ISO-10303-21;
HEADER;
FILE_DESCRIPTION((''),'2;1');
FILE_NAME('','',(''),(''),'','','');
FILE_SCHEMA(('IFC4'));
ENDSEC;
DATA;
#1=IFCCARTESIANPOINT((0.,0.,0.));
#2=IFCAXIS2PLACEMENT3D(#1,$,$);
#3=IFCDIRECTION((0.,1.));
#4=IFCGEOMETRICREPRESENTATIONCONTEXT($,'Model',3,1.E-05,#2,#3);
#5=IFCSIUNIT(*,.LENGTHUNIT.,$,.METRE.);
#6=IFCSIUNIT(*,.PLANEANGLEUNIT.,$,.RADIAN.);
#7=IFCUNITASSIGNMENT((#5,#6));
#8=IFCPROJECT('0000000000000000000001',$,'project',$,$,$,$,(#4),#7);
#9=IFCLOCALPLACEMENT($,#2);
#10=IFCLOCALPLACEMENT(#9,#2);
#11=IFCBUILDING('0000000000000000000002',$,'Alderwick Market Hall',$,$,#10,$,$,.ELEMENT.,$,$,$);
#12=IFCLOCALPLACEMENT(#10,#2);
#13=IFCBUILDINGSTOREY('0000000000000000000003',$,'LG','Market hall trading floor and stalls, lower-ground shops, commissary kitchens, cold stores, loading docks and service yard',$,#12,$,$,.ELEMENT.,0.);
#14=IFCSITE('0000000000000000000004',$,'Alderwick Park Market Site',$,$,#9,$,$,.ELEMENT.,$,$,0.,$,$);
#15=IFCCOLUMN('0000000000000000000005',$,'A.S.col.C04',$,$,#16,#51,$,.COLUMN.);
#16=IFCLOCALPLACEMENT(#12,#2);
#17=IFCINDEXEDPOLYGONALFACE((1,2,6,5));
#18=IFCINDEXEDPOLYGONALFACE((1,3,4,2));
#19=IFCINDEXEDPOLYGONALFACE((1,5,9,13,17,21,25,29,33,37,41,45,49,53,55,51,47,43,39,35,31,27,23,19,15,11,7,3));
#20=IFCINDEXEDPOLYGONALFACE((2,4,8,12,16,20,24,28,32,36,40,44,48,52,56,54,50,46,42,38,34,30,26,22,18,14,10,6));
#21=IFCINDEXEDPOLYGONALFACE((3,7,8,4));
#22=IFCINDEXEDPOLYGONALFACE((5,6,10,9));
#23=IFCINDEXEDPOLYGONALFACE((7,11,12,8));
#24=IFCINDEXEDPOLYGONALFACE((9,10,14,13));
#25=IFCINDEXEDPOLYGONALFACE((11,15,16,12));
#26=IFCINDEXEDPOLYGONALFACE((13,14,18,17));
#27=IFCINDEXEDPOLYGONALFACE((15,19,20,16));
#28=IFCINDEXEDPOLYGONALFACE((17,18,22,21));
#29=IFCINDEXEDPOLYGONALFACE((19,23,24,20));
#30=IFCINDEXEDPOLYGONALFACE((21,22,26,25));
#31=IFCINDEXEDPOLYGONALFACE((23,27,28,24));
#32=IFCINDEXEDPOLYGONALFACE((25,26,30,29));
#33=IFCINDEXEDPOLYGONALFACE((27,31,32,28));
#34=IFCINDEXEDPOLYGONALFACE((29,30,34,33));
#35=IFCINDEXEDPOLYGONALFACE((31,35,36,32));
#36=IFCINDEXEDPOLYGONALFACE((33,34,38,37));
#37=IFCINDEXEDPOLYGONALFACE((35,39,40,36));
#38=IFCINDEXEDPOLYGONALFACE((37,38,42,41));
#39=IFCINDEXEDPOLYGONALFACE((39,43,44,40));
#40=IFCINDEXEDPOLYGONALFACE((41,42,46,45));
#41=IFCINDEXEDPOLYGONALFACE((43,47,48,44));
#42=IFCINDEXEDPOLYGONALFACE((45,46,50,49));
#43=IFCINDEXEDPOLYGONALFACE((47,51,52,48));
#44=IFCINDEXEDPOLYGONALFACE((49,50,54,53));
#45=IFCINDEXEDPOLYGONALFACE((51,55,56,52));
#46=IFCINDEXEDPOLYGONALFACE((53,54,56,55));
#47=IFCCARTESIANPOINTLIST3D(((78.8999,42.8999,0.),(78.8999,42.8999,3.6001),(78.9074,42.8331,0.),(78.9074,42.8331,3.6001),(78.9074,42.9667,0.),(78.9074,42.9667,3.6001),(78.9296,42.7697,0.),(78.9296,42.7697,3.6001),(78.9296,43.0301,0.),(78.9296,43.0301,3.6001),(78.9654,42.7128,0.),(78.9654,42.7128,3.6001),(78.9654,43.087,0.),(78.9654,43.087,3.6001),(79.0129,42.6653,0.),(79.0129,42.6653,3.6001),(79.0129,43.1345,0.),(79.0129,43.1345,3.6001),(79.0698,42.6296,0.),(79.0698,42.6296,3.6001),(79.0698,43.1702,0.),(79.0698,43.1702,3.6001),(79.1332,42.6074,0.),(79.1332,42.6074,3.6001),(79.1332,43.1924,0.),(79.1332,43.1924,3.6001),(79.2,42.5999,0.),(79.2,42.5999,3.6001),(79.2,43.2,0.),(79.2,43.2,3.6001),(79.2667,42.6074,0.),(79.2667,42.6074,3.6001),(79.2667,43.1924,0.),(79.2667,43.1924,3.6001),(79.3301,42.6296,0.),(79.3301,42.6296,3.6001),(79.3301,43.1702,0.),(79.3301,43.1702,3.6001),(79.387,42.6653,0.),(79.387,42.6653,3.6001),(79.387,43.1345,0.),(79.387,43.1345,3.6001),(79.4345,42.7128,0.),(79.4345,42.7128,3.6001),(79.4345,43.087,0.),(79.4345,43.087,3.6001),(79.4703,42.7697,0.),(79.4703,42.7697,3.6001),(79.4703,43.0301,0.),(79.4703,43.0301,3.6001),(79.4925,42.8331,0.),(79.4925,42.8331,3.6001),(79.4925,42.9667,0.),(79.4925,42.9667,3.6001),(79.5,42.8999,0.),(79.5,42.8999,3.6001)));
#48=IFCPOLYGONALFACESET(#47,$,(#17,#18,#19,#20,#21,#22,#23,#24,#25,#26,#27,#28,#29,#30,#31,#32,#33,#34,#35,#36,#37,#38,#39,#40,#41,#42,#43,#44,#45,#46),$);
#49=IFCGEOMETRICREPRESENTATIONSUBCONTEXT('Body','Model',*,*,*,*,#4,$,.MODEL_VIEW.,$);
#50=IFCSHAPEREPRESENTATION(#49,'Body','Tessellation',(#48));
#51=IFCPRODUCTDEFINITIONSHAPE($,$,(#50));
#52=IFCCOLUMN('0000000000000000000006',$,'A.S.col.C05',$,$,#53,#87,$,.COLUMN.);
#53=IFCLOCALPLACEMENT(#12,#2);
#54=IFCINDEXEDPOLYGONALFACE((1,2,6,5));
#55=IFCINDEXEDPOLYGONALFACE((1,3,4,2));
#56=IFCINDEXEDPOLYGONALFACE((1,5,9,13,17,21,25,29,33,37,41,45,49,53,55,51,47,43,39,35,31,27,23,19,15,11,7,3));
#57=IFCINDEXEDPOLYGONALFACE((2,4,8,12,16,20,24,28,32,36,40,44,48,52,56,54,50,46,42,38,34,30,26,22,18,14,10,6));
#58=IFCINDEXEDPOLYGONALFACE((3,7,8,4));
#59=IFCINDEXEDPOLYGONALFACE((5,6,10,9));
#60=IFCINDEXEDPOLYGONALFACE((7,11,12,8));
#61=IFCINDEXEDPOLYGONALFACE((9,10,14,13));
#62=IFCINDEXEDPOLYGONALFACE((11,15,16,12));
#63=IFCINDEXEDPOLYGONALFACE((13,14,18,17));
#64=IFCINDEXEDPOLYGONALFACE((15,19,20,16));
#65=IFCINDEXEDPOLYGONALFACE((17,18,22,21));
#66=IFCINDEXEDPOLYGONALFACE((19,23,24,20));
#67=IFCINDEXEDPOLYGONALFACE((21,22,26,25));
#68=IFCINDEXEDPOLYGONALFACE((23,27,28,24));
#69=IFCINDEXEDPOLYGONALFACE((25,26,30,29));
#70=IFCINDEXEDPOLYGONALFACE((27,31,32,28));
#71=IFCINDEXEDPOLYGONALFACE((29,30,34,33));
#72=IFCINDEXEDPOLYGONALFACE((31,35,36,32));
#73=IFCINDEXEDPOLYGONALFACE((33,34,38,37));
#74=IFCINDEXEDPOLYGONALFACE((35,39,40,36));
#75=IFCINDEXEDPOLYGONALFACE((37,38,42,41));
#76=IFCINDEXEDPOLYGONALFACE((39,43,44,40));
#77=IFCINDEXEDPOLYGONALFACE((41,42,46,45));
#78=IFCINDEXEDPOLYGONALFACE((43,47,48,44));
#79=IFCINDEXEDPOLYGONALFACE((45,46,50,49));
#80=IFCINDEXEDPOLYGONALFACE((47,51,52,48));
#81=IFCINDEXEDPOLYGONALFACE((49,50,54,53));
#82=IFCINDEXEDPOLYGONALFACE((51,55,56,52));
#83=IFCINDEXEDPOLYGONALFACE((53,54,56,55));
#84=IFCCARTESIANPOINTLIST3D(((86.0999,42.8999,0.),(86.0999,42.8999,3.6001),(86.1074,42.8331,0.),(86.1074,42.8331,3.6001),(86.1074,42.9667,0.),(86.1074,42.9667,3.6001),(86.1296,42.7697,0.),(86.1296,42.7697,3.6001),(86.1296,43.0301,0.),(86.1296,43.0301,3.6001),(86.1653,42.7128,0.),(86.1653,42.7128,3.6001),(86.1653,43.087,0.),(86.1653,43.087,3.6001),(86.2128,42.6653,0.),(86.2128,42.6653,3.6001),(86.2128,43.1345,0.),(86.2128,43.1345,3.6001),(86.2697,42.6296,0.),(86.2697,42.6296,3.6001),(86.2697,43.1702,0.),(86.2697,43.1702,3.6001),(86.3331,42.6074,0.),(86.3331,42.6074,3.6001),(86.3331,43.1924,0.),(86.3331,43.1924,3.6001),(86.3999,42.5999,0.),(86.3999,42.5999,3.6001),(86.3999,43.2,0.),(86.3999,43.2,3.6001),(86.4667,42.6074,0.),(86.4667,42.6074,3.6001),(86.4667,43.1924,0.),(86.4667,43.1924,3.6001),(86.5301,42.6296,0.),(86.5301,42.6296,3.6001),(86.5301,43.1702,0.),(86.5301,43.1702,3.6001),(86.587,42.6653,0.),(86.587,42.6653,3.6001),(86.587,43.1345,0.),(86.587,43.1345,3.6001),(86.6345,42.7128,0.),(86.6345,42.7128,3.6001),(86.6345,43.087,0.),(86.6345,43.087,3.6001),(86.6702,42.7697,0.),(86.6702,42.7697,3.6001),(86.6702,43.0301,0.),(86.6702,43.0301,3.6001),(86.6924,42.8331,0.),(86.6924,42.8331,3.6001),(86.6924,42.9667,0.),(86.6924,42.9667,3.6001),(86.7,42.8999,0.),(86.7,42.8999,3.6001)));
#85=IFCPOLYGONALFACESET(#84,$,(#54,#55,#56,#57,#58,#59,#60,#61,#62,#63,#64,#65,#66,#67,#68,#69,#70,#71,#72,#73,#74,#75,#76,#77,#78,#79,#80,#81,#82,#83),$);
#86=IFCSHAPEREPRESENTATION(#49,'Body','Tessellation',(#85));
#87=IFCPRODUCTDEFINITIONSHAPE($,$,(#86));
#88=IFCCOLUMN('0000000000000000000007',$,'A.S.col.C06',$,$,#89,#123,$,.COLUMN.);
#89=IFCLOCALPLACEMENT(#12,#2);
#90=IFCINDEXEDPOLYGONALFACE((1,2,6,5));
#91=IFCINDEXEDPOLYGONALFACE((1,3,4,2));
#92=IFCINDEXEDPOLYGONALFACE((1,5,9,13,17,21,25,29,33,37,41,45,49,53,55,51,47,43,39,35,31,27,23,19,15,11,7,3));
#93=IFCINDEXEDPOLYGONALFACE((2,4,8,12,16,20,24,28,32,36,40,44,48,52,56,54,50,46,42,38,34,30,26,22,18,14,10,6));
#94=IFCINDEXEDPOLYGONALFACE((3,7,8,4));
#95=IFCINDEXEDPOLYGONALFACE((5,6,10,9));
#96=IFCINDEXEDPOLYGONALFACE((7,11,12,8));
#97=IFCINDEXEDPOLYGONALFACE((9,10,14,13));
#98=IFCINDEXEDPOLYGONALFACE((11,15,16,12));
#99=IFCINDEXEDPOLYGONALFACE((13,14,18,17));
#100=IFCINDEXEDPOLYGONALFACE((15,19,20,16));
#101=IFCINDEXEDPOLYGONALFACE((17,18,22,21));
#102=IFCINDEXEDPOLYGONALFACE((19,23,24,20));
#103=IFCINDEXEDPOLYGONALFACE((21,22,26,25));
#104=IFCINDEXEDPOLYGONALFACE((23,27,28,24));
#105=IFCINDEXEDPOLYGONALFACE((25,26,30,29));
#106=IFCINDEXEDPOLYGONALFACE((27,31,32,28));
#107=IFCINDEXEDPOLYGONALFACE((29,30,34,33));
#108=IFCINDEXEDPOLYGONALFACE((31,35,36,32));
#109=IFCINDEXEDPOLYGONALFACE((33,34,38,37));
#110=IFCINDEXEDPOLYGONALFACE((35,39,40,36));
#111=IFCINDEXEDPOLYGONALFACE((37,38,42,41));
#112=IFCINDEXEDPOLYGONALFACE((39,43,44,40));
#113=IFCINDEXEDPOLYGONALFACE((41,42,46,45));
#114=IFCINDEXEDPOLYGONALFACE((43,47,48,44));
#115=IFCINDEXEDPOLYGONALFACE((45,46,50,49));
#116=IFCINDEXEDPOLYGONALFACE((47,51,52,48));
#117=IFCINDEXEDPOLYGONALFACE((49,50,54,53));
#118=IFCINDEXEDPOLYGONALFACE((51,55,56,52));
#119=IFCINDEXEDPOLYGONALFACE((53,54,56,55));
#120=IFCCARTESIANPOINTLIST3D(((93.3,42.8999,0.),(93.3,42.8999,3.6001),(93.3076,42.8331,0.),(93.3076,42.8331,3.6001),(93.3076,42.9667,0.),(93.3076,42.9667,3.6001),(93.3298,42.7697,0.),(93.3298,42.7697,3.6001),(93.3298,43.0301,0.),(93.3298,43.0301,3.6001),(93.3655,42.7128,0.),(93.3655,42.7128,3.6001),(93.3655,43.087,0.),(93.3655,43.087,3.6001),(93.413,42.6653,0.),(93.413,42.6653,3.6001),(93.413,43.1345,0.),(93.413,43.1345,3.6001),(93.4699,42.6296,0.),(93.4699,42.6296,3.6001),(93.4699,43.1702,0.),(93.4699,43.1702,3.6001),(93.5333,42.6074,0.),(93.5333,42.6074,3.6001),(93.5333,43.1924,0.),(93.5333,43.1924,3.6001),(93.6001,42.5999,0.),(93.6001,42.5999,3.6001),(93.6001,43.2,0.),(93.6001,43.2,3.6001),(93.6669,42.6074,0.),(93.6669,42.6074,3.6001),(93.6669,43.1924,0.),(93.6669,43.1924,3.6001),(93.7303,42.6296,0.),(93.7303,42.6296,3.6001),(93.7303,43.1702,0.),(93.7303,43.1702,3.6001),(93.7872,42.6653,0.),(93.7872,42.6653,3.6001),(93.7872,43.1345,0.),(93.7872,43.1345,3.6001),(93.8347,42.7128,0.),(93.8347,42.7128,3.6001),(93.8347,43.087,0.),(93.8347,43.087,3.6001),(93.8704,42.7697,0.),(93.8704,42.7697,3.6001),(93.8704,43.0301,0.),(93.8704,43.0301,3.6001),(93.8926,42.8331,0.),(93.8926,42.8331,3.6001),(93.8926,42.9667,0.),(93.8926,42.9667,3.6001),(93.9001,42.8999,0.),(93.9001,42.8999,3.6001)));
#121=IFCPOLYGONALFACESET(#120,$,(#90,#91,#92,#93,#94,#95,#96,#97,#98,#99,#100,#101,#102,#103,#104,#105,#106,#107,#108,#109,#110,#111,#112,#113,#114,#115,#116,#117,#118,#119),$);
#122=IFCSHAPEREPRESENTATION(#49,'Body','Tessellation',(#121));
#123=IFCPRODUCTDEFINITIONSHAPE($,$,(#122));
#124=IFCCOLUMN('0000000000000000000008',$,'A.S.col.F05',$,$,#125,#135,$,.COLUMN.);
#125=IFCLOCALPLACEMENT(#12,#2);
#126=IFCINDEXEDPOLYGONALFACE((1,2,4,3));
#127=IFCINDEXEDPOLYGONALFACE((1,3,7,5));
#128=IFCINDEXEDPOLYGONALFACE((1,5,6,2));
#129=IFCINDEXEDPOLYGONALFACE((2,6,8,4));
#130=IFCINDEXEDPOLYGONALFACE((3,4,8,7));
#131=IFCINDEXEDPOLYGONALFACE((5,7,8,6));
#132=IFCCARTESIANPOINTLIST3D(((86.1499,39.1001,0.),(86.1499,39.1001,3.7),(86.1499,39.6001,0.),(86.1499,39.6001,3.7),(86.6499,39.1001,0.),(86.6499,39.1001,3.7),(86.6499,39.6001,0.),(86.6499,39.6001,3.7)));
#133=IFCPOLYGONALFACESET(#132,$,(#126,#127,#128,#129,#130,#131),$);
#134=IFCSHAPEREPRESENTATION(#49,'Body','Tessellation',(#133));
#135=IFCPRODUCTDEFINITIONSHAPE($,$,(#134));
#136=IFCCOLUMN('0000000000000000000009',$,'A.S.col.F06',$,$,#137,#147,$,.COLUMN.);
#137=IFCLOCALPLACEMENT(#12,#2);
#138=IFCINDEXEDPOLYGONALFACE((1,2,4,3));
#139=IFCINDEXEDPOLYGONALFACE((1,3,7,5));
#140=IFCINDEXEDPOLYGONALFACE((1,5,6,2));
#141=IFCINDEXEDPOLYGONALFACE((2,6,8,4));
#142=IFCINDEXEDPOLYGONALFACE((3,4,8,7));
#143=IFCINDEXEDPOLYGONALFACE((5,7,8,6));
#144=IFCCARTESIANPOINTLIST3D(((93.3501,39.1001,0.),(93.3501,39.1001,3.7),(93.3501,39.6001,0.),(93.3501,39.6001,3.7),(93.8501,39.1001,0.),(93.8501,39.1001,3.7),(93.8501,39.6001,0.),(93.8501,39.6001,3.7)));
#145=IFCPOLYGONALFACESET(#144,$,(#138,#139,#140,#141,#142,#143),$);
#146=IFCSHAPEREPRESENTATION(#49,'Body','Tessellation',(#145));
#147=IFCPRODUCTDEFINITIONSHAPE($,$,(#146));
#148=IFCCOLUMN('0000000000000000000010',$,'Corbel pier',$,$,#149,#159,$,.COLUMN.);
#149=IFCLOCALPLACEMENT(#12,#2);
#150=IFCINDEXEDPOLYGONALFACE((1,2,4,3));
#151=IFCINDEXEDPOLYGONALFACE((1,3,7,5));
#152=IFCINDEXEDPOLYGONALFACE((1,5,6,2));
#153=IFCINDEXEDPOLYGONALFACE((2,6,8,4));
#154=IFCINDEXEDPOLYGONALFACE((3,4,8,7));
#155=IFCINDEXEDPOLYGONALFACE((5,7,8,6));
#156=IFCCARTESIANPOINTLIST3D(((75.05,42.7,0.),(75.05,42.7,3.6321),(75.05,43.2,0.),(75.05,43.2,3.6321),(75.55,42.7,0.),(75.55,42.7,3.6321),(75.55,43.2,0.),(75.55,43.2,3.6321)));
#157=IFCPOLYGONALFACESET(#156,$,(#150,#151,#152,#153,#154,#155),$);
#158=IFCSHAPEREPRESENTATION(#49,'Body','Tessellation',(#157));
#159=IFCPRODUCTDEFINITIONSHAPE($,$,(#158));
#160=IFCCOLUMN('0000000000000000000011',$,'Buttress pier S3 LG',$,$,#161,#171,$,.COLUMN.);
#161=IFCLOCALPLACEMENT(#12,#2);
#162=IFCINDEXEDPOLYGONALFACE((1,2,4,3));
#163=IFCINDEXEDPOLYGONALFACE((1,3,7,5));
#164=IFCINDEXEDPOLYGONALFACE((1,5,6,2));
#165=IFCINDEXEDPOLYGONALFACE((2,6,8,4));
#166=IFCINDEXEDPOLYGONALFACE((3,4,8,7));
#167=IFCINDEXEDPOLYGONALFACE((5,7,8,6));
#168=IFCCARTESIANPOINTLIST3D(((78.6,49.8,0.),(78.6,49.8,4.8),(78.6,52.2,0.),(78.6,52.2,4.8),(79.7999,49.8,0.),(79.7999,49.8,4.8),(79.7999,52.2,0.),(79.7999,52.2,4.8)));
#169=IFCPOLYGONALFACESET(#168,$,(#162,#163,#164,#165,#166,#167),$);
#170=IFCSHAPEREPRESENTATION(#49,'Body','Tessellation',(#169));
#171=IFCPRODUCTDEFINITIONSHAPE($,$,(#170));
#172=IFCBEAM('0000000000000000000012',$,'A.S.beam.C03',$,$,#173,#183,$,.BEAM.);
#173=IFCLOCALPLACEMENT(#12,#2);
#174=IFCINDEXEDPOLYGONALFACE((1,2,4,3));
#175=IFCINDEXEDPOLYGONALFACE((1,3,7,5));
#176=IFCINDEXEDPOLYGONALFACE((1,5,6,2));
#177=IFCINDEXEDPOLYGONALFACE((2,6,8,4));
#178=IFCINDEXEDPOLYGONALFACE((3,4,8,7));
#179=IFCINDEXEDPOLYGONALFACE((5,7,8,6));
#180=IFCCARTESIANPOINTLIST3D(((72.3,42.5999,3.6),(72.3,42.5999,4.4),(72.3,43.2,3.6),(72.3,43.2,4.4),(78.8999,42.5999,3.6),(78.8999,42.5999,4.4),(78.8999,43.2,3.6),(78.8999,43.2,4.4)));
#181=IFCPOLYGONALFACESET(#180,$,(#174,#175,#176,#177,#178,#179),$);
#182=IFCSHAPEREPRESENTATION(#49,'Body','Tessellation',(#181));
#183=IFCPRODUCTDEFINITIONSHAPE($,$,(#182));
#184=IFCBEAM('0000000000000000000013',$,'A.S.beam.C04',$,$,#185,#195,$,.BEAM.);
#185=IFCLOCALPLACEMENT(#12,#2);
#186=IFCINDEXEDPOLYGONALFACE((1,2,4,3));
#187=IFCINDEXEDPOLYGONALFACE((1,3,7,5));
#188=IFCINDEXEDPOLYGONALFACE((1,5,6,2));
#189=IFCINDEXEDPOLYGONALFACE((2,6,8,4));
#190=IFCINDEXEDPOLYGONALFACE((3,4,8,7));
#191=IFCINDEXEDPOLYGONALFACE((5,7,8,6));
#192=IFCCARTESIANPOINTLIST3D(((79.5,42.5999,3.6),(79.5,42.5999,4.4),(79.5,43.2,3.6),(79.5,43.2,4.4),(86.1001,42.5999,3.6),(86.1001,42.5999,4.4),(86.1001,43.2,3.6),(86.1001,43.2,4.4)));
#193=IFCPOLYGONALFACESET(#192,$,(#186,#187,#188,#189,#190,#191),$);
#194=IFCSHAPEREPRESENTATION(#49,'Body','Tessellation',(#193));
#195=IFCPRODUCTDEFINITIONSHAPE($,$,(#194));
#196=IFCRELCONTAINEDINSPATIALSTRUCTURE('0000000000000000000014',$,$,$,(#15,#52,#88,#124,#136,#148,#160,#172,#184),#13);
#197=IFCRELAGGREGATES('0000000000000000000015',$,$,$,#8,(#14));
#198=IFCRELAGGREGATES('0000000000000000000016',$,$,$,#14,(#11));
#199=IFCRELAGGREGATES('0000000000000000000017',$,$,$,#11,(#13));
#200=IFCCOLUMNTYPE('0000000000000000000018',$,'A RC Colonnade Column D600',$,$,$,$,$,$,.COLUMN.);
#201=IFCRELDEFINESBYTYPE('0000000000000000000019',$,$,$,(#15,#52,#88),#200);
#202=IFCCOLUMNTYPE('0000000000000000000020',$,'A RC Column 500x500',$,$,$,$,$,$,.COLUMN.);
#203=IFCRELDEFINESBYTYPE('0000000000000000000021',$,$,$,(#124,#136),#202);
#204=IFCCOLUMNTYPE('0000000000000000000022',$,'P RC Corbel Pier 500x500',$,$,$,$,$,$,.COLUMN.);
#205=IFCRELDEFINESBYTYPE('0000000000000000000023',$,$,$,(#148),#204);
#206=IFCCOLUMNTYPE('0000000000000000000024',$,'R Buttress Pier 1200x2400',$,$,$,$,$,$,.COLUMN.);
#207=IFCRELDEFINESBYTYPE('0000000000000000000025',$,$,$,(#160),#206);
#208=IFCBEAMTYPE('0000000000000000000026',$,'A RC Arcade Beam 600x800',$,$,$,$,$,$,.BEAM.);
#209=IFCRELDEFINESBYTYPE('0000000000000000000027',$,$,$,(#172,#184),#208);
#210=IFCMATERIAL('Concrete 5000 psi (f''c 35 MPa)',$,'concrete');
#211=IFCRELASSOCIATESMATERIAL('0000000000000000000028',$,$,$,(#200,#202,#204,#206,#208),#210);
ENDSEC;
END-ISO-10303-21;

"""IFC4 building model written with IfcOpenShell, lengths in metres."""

from ifc_helpers import new_model, si_unit, direction, frame, origin, origin_2d, place, context, subcontext, project, spatial, rectangle, circle, extrude, material, material_profile, profile_set, type_object, element, save


model = new_model("IFC4")

# Units and contexts
model_context = context("Model", 3, precision=1e-05, world=origin(), true_north=direction((0.0, 1.0)))
body_context = subcontext(model_context, "Body", "Model", "MODEL_VIEW")
ifc_project = project(units=[si_unit("LENGTHUNIT", "METRE"), si_unit("PLANEANGLEUNIT", "RADIAN")], contexts=[model_context])

# Site, building, storey
site_placement = place(None, origin())
site = spatial("IfcSite", under=ifc_project, at=site_placement, Name="Alderwick Park Market Site", CompositionType="ELEMENT", RefElevation=0.0)
building_placement = place(site_placement, origin())
building = spatial("IfcBuilding", under=site, at=building_placement, Name="Alderwick Market Hall", CompositionType="ELEMENT")
storey_placement = place(building_placement, origin())
storey = spatial("IfcBuildingStorey", under=building, at=storey_placement, Name="LG", Description="Market hall trading floor and stalls, lower-ground shops, commissary kitchens, cold stores, loading docks and service yard", CompositionType="ELEMENT", Elevation=0.0)

# Columns
ifc_material_1 = material(Name="Concrete 5000 psi (f'c 35 MPa)", Category="concrete")
ifc_material_profile_1 = material_profile(ifc_material_1, circle(Radius=0.3, at=origin_2d()), Name="A RC Colonnade Column D600")
ifc_profile_set_1 = profile_set([ifc_material_profile_1], Name="Concrete 5000 psi (f'c 35 MPa)")
column_type_1 = type_object("IfcColumnType", Name="A RC Colonnade Column D600", PredefinedType="COLUMN", material=ifc_profile_set_1)
for number, where, z_axis, x_axis, name in (
    (1, (79.2, 42.8999, 0.0), (0.0, 0.0, 1.0), (1.0, 0.0, 0.0), "A.S.col.C04"),
    (2, (86.3999, 42.8999, 0.0), (0.0, 0.0, 1.0), (1.0, 0.0, 0.0), "A.S.col.C05"),
    (3, (93.6001, 42.8999, 0.0), (0.0, 0.0, 1.0), (1.0, 0.0, 0.0), "A.S.col.C06"),
):
    element("IfcColumn", number, at=place(storey_placement, frame(where, z_axis=z_axis, x_axis=x_axis)), inside=storey, type_object=column_type_1, Name=name, PredefinedType="COLUMN", context=body_context, shape_type="SweptSolid", body=[
        extrude(circle(Radius=0.3, at=origin_2d()), origin(), (0.0, 0.0, 1.0), 3.6001),
    ])
ifc_material_profile_2 = material_profile(ifc_material_1, rectangle(XDim=0.5, YDim=0.5, at=origin_2d()), Name="A RC Column 500x500")
ifc_profile_set_2 = profile_set([ifc_material_profile_2], Name="Concrete 5000 psi (f'c 35 MPa)")
column_type_2 = type_object("IfcColumnType", Name="A RC Column 500x500", PredefinedType="COLUMN", material=ifc_profile_set_2)
for number, where, z_axis, x_axis, name in (
    (4, (86.3999, 39.3501, 0.0), (0.0, 0.0, 1.0), (1.0, 0.0, 0.0), "A.S.col.F05"),
    (5, (93.6001, 39.3501, 0.0), (0.0, 0.0, 1.0), (1.0, 0.0, 0.0), "A.S.col.F06"),
):
    element("IfcColumn", number, at=place(storey_placement, frame(where, z_axis=z_axis, x_axis=x_axis)), inside=storey, type_object=column_type_2, Name=name, PredefinedType="COLUMN", context=body_context, shape_type="SweptSolid", body=[
        extrude(rectangle(XDim=0.5, YDim=0.5, at=origin_2d()), origin(), (0.0, 0.0, 1.0), 3.7),
    ])
ifc_material_profile_3 = material_profile(ifc_material_1, rectangle(XDim=0.5, YDim=0.5, at=origin_2d()), Name="P RC Corbel Pier 500x500")
ifc_profile_set_3 = profile_set([ifc_material_profile_3], Name="Concrete 5000 psi (f'c 35 MPa)")
column_type_3 = type_object("IfcColumnType", Name="P RC Corbel Pier 500x500", PredefinedType="COLUMN", material=ifc_profile_set_3)
column_1_placement = place(storey_placement, frame((75.3, 42.95, 0.0), z_axis=(0.0, 0.0, 1.0), x_axis=(1.0, 0.0, 0.0)))
element("IfcColumn", 6, at=column_1_placement, inside=storey, type_object=column_type_3, Name="Corbel pier", PredefinedType="COLUMN", context=body_context, shape_type="SweptSolid", body=[
    extrude(rectangle(XDim=0.5, YDim=0.5, at=origin_2d()), origin(), (0.0, 0.0, 1.0), 3.6321),
])
ifc_material_profile_4 = material_profile(ifc_material_1, rectangle(XDim=1.2, YDim=2.3999, at=origin_2d()), Name="RC 1200x2400")
ifc_profile_set_4 = profile_set([ifc_material_profile_4], Name="Concrete 5000 psi (f'c 35 MPa)")
column_type_4 = type_object("IfcColumnType", Name="R Buttress Pier 1200x2400", PredefinedType="COLUMN", material=ifc_profile_set_4)
column_2_placement = place(storey_placement, frame((79.2, 51.0, 0.0), z_axis=(0.0, 0.0, 1.0), x_axis=(1.0, 0.0, 0.0)))
element("IfcColumn", 7, at=column_2_placement, inside=storey, type_object=column_type_4, Name="Buttress pier S3 LG", PredefinedType="COLUMN", context=body_context, shape_type="SweptSolid", body=[
    extrude(rectangle(XDim=1.2, YDim=2.3999, at=origin_2d()), origin(), (0.0, 0.0, 1.0), 4.8),
])

# Beams
ifc_material_profile_5 = material_profile(ifc_material_1, rectangle(XDim=0.6001, YDim=0.8, at=origin_2d()), Name="A RC Arcade Beam 600x800")
ifc_profile_set_5 = profile_set([ifc_material_profile_5], Name="Concrete 5000 psi (f'c 35 MPa)")
beam_type_1 = type_object("IfcBeamType", Name="A RC Arcade Beam 600x800", PredefinedType="BEAM", material=ifc_profile_set_5)
beam_1_placement = place(storey_placement, frame((72.3, 42.8999, 4.0), z_axis=(1.0, 0.0, 0.0), x_axis=(0.0, 1.0, 0.0)))
element("IfcBeam", 8, at=beam_1_placement, inside=storey, type_object=beam_type_1, Name="A.S.beam.C03", PredefinedType="BEAM", context=body_context, shape_type="SweptSolid", body=[
    extrude(rectangle(XDim=0.6001, YDim=0.8, at=origin_2d()), origin(), (0.0, 0.0, 1.0), 6.5999),
])
for number, where, z_axis, x_axis, name in (
    (9, (79.5, 42.8999, 4.0), (1.0, 0.0, 0.0), (0.0, 1.0, 0.0), "A.S.beam.C04"),
):
    element("IfcBeam", number, at=place(storey_placement, frame(where, z_axis=z_axis, x_axis=x_axis)), inside=storey, type_object=beam_type_1, Name=name, PredefinedType="BEAM", context=body_context, shape_type="SweptSolid", body=[
        extrude(rectangle(XDim=0.6001, YDim=0.8, at=origin_2d()), origin(), (0.0, 0.0, 1.0), 6.6001),
    ])

save(model, "model.ifc")
